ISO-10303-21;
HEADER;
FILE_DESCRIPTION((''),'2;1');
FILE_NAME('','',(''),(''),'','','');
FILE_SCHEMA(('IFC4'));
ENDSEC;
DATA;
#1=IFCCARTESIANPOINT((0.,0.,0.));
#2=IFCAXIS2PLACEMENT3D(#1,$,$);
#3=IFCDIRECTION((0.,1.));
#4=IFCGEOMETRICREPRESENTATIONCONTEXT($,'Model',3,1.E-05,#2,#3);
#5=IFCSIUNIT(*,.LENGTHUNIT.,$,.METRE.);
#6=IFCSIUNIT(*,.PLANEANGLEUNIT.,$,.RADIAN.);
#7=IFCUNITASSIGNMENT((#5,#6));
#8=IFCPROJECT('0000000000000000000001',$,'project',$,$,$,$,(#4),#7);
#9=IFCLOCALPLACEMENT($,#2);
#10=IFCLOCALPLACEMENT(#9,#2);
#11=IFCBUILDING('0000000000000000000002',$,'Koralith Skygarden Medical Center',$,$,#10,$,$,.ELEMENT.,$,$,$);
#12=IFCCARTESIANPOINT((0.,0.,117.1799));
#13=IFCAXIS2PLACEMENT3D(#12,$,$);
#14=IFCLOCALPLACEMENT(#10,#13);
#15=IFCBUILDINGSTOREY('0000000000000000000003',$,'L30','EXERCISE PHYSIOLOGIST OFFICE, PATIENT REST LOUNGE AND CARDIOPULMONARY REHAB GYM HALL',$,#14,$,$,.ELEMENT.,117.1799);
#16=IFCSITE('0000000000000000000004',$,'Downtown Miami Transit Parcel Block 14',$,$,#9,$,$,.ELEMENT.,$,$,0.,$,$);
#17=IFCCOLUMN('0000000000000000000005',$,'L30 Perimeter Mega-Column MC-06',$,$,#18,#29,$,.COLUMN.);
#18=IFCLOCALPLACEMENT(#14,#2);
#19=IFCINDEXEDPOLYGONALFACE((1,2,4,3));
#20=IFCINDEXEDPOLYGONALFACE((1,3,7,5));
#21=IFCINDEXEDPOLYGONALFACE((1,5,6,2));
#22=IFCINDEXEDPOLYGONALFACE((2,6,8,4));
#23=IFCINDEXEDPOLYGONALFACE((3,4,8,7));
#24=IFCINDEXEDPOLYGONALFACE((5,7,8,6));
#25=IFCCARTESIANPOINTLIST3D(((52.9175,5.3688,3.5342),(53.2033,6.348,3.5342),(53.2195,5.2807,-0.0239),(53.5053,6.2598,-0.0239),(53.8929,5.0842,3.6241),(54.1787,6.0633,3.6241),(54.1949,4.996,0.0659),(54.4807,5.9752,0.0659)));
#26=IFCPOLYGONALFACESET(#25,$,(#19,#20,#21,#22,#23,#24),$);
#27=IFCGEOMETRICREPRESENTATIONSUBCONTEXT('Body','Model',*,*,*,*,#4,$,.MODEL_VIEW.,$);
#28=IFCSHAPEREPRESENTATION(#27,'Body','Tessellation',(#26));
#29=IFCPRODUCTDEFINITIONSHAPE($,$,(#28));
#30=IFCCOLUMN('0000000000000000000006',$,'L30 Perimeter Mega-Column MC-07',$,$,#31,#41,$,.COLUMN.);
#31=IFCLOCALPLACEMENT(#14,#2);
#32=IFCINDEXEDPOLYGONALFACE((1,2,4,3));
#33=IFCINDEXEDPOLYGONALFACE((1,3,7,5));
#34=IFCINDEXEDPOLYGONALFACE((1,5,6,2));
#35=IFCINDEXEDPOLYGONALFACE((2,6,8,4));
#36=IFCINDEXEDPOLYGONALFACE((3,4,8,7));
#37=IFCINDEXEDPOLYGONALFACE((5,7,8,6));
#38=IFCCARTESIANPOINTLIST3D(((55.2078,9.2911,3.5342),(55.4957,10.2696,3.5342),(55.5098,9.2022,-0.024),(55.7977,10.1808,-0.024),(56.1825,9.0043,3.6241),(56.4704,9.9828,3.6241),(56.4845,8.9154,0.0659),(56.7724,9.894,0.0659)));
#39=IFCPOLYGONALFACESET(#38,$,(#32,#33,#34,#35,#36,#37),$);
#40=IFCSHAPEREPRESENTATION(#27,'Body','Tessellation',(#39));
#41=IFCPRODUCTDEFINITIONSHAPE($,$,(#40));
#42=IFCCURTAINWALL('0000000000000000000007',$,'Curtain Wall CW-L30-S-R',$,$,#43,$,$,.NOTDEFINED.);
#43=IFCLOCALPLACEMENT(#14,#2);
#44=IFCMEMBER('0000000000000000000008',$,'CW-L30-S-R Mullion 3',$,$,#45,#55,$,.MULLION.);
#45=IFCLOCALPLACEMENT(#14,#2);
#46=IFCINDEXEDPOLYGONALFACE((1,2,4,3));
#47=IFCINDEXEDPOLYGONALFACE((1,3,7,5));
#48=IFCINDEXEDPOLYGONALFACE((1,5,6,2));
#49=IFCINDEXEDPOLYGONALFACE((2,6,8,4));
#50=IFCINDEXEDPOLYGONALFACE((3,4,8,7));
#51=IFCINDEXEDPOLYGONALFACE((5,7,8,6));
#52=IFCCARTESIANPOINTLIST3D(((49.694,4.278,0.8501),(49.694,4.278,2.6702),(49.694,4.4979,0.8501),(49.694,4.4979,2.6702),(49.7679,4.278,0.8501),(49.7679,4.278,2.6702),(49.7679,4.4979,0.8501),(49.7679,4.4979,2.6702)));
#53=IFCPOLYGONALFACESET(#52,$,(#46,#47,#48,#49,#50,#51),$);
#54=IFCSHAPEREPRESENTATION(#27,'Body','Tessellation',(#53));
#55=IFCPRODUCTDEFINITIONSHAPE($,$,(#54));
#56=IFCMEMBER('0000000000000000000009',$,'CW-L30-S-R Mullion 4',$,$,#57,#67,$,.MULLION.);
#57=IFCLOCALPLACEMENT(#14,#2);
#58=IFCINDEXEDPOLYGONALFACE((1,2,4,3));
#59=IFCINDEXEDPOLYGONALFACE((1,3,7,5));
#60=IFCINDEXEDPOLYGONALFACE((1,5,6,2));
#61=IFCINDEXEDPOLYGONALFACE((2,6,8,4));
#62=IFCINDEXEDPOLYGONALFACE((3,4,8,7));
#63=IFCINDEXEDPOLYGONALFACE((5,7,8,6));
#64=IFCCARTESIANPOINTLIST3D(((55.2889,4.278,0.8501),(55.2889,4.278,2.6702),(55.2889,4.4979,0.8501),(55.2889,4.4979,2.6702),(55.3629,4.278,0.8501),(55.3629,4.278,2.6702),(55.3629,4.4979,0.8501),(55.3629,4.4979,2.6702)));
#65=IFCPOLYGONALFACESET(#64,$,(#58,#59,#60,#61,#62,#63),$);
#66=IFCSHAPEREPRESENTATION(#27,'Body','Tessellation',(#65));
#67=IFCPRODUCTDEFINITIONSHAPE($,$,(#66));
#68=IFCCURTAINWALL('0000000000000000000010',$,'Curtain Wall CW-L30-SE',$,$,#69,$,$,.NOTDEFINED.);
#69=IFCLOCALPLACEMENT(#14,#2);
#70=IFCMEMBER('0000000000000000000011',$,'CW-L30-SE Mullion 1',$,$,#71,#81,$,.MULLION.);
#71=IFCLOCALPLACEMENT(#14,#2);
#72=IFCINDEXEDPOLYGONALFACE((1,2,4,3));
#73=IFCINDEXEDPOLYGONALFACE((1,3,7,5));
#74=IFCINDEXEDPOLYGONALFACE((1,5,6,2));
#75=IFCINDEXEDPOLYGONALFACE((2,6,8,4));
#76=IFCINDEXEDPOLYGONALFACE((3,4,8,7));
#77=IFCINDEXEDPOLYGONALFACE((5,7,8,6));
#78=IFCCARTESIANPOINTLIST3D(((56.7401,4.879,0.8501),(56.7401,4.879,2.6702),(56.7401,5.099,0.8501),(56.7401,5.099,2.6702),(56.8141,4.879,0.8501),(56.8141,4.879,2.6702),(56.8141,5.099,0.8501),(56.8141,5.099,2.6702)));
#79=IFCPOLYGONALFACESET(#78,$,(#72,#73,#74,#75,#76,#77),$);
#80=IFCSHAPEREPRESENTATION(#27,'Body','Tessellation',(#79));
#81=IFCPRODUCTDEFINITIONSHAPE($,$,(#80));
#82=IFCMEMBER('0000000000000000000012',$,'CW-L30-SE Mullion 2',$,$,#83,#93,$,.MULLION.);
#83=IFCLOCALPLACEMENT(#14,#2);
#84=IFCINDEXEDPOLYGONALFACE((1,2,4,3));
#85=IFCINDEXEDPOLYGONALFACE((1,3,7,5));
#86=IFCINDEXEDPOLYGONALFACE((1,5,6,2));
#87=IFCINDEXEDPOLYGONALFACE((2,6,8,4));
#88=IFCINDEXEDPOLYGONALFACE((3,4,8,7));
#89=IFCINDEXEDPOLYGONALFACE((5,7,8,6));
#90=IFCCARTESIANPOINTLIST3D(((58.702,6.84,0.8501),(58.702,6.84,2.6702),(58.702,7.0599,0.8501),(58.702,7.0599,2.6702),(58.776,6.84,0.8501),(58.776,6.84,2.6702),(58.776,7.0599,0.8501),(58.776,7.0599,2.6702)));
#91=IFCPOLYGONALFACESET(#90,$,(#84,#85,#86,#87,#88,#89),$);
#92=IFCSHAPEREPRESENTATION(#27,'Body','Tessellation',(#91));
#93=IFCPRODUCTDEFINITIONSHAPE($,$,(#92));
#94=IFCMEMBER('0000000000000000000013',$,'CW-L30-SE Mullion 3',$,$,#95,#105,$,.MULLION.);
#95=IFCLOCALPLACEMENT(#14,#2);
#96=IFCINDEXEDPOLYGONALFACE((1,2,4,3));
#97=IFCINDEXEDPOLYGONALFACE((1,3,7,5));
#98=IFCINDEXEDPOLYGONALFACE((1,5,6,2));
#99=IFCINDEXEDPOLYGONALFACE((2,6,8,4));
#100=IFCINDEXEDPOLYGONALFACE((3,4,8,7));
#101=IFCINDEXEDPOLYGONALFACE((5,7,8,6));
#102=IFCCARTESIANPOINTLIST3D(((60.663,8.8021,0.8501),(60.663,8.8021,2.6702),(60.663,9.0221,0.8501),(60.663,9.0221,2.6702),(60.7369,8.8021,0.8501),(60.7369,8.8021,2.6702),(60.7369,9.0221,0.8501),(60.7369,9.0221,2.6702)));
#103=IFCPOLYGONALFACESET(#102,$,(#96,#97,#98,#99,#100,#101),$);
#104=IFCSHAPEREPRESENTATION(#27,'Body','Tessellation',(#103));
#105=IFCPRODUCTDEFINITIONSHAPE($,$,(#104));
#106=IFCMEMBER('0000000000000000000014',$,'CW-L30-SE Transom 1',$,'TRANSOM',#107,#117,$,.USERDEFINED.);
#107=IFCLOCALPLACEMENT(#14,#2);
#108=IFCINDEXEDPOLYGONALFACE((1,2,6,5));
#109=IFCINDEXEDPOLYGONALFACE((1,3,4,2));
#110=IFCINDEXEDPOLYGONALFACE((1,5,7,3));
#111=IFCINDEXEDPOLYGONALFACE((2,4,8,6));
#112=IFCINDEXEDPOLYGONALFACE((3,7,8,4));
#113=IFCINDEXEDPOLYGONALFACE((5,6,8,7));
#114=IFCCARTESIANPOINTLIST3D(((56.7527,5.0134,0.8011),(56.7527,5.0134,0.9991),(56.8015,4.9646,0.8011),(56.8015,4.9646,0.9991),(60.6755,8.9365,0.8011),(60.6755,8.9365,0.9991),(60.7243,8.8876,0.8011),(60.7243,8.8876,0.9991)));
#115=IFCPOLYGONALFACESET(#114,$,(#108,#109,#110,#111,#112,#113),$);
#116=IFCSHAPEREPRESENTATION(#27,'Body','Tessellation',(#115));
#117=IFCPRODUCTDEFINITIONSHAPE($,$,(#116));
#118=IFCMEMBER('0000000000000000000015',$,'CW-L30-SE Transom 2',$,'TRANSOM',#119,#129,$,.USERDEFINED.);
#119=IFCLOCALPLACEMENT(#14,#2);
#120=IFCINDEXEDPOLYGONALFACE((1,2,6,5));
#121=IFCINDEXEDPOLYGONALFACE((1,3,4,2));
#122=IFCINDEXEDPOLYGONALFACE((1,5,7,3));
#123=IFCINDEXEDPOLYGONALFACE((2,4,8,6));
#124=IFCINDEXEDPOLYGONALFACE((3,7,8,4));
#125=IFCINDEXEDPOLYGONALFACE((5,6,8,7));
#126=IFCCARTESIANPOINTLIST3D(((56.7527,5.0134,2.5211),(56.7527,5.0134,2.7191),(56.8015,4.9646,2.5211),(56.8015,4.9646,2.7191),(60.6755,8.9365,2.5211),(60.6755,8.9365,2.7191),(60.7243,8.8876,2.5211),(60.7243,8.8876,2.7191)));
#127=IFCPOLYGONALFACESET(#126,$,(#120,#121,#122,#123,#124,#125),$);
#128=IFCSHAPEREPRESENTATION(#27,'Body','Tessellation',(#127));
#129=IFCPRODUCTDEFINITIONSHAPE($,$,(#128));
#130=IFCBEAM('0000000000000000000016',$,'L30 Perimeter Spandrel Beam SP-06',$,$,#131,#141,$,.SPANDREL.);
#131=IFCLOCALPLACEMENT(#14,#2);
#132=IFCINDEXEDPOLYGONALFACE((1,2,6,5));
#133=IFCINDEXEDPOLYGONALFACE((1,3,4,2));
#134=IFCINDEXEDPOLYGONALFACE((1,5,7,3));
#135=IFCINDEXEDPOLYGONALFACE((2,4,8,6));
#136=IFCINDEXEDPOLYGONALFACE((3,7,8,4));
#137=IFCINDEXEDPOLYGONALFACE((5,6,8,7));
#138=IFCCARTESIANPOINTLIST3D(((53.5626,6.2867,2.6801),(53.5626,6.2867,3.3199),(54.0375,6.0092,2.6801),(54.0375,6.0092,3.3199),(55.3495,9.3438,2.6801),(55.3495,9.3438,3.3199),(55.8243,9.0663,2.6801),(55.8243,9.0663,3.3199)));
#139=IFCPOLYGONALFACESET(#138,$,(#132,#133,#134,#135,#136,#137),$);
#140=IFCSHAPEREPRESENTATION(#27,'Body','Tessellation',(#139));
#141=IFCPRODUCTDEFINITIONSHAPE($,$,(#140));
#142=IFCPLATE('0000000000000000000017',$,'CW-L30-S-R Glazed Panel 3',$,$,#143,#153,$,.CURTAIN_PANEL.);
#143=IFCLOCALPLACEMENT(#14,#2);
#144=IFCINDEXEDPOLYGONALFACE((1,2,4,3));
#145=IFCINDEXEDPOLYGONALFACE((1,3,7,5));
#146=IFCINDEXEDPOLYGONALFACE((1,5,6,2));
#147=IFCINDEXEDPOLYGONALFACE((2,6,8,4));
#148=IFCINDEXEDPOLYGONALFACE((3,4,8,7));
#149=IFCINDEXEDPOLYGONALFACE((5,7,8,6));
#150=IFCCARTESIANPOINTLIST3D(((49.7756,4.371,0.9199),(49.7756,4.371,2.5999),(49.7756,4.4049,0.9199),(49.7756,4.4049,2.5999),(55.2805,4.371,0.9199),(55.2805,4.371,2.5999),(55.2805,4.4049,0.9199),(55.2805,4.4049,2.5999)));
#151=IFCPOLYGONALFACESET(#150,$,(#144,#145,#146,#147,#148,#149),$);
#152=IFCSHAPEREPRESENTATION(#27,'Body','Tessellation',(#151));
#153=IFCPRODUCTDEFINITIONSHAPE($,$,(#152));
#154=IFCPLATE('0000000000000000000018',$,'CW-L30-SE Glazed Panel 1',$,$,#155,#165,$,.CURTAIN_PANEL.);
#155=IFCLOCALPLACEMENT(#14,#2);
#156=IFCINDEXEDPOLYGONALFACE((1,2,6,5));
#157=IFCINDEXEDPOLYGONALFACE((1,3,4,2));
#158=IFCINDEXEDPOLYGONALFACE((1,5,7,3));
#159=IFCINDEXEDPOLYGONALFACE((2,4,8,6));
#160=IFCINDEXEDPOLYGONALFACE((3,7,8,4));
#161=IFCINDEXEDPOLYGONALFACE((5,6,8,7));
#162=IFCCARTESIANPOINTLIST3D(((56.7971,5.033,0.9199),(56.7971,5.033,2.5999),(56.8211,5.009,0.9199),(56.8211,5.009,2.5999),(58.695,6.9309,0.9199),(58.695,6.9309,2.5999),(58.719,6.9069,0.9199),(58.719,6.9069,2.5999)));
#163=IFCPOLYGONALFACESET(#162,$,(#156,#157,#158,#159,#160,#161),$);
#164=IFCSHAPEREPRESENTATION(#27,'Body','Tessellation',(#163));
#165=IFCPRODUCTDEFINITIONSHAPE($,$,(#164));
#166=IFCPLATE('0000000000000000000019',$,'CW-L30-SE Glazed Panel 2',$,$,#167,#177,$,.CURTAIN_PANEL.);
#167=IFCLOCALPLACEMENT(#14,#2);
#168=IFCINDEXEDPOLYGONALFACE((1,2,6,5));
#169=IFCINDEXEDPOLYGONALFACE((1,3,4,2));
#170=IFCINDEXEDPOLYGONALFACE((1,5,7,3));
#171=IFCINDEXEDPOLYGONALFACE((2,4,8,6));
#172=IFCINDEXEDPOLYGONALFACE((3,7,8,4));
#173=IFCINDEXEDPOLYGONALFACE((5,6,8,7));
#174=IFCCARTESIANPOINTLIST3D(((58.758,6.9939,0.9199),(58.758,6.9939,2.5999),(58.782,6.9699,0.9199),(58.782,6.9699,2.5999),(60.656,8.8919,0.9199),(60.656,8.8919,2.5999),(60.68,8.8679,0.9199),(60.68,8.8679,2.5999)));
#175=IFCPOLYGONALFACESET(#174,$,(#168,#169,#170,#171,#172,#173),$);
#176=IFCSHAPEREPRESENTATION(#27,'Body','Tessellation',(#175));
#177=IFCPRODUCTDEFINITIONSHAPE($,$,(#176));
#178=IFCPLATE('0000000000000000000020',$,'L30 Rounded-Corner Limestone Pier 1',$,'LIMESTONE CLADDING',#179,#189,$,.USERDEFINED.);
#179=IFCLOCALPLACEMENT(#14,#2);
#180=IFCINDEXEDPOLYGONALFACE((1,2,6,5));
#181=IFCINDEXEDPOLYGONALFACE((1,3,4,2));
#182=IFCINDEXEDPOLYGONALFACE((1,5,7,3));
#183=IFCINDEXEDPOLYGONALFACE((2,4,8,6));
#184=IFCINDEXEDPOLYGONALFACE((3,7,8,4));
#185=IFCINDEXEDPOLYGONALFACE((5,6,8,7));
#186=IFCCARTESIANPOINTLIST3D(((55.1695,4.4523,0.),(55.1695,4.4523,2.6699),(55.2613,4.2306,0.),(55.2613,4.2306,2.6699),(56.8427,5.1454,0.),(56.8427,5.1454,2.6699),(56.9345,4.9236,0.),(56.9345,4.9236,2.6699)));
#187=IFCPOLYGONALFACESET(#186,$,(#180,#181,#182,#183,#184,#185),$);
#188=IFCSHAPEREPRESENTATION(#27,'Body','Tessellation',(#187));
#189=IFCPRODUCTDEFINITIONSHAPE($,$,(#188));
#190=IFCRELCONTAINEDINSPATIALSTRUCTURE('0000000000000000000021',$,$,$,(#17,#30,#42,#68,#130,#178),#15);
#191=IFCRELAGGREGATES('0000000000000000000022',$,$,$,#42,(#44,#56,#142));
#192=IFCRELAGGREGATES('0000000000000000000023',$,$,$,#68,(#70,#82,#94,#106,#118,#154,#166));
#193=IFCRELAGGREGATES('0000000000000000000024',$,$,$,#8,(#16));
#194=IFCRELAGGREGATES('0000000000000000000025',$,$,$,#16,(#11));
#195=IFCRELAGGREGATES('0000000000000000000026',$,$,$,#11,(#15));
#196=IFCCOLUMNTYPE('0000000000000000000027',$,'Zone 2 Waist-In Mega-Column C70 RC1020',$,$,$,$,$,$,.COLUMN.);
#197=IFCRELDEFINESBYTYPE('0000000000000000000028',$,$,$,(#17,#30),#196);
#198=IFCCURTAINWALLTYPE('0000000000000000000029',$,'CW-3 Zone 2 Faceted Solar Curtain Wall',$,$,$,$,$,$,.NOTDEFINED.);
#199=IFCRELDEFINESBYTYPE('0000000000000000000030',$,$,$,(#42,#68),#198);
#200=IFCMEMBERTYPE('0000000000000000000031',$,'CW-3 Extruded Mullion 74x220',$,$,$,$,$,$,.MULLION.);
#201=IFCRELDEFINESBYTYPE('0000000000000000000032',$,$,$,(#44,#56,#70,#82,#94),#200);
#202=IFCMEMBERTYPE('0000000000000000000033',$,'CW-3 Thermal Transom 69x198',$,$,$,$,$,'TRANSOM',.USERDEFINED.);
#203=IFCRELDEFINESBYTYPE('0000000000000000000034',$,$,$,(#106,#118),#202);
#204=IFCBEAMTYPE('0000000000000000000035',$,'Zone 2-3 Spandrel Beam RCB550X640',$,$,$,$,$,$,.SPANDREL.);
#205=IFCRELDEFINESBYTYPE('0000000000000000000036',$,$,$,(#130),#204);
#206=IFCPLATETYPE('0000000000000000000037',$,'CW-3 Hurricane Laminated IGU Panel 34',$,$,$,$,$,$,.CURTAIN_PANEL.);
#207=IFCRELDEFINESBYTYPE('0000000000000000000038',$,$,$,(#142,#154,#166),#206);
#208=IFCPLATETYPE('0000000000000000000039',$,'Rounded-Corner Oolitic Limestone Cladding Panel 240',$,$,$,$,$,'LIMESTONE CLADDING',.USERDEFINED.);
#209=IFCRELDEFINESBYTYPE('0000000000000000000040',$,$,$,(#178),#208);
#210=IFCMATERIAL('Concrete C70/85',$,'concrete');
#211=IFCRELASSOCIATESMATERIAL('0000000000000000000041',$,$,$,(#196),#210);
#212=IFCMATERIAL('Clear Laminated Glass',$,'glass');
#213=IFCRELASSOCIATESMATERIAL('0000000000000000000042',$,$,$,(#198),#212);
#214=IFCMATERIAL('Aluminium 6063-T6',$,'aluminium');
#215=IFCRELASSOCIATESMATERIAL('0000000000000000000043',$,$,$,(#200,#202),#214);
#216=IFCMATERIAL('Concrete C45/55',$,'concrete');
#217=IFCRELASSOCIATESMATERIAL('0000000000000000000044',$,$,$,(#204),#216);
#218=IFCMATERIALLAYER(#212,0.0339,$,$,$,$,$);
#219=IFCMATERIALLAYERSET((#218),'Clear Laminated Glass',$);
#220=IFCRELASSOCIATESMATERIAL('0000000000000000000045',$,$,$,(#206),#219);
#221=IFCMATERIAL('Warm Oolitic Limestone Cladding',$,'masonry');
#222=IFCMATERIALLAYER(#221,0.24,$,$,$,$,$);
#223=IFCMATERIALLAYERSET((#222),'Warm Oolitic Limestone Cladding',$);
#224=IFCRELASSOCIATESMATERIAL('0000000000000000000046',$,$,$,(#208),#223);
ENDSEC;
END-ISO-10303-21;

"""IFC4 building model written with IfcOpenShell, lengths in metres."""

from ifc_helpers import new_model, si_unit, direction, frame, origin, origin_2d, place, context, subcontext, project, spatial, rectangle, extrude, material, layer, layer_set, material_profile, profile_set, type_object, element, aggregate, save


model = new_model("IFC4")

# Units and contexts
model_context = context("Model", 3, precision=1e-05, world=origin(), true_north=direction((0.0, 1.0)))
body_context = subcontext(model_context, "Body", "Model", "MODEL_VIEW")
ifc_project = project(units=[si_unit("LENGTHUNIT", "METRE"), si_unit("PLANEANGLEUNIT", "RADIAN")], contexts=[model_context])

# Site, building, storey
site_placement = place(None, origin())
site = spatial("IfcSite", under=ifc_project, at=site_placement, Name="Downtown Miami Transit Parcel Block 14", CompositionType="ELEMENT", RefElevation=0.0)
building_placement = place(site_placement, origin())
building = spatial("IfcBuilding", under=site, at=building_placement, Name="Koralith Skygarden Medical Center", CompositionType="ELEMENT")
storey_placement = place(building_placement, frame((0.0, 0.0, 117.1799)))
storey = spatial("IfcBuildingStorey", under=building, at=storey_placement, Name="L30", Description="EXERCISE PHYSIOLOGIST OFFICE, PATIENT REST LOUNGE AND CARDIOPULMONARY REHAB GYM HALL", CompositionType="ELEMENT", Elevation=117.1799)

# Columns
ifc_material_1 = material(Name="Concrete C70/85", Category="concrete")
ifc_material_profile_1 = material_profile(ifc_material_1, rectangle(XDim=1.02, YDim=1.02, at=origin_2d()), Name="RC1020X1020")
ifc_profile_set_1 = profile_set([ifc_material_profile_1], Name="Concrete C70/85")
column_type = type_object("IfcColumnType", Name="Zone 2 Waist-In Mega-Column C70 RC1020", PredefinedType="COLUMN", material=ifc_profile_set_1)
for number, where, z_axis, x_axis, name in (
    (1, (53.8501, 5.6279, 0.021), (-0.084547, 0.024674, 0.996114), (-0.280149, -0.959957, 0.0), "L30 Perimeter Mega-Column MC-06"),
    (2, (56.1411, 9.5481, 0.021), (-0.084547, 0.024879, 0.996109), (-0.282292, -0.959328, 0.0), "L30 Perimeter Mega-Column MC-07"),
):
    element("IfcColumn", number, at=place(storey_placement, frame(where, z_axis=z_axis, x_axis=x_axis)), inside=storey, type_object=column_type, Name=name, PredefinedType="COLUMN", context=body_context, shape_type="SweptSolid", body=[
        extrude(rectangle(XDim=1.02, YDim=1.02, at=origin_2d()), origin(), (0.0, 0.0, 1.0), 3.572),
    ])

# Curtain walls, members
ifc_material_2 = material(Name="Clear Laminated Glass", Category="glass")
curtain_wall_type = type_object("IfcCurtainWallType", Name="CW-3 Zone 2 Faceted Solar Curtain Wall", PredefinedType="NOTDEFINED", material=ifc_material_2)
curtain_wall_1_placement = place(storey_placement, origin())
curtain_wall_1 = element("IfcCurtainWall", 3, at=curtain_wall_1_placement, inside=storey, type_object=curtain_wall_type, Name="Curtain Wall CW-L30-S-R", PredefinedType="NOTDEFINED")
ifc_material_3 = material(Name="Aluminium 6063-T6", Category="aluminium")
ifc_material_profile_2 = material_profile(ifc_material_3, rectangle(XDim=0.074, YDim=0.22, at=origin_2d()), Name="MUL74X220")
ifc_profile_set_2 = profile_set([ifc_material_profile_2], Name="Aluminium 6063-T6")
member_type_1 = type_object("IfcMemberType", Name="CW-3 Extruded Mullion 74x220", PredefinedType="MULLION", material=ifc_profile_set_2)
member_1_placement = place(storey_placement, frame((49.731, 4.3879, 0.8501), z_axis=(0.0, 0.0, 1.0), x_axis=(1.0, 0.0, 0.0)))
member_1 = element("IfcMember", 4, at=member_1_placement, type_object=member_type_1, Name="CW-L30-S-R Mullion 3", PredefinedType="MULLION", context=body_context, shape_type="SweptSolid", body=[
    extrude(rectangle(XDim=0.074, YDim=0.22, at=origin_2d()), origin(), (0.0, 0.0, 1.0), 1.8201),
])
member_2_placement = place(storey_placement, frame((55.3259, 4.3879, 0.8501), z_axis=(0.0, 0.0, 1.0), x_axis=(1.0, 0.0, 0.0)))
member_2 = element("IfcMember", 5, at=member_2_placement, type_object=member_type_1, Name="CW-L30-S-R Mullion 4", PredefinedType="MULLION", context=body_context, shape_type="SweptSolid", body=[
    extrude(rectangle(XDim=0.074, YDim=0.22, at=origin_2d()), origin(), (0.0, 0.0, 1.0), 1.8201),
])
curtain_wall_2_placement = place(storey_placement, origin())
curtain_wall_2 = element("IfcCurtainWall", 6, at=curtain_wall_2_placement, inside=storey, type_object=curtain_wall_type, Name="Curtain Wall CW-L30-SE", PredefinedType="NOTDEFINED")
member_3_placement = place(storey_placement, frame((56.7771, 4.989, 0.8501), z_axis=(0.0, 0.0, 1.0), x_axis=(1.0, 0.0, 0.0)))
member_3 = element("IfcMember", 7, at=member_3_placement, type_object=member_type_1, Name="CW-L30-SE Mullion 1", PredefinedType="MULLION", context=body_context, shape_type="SweptSolid", body=[
    extrude(rectangle(XDim=0.074, YDim=0.22, at=origin_2d()), origin(), (0.0, 0.0, 1.0), 1.8201),
])
member_4_placement = place(storey_placement, frame((58.739, 6.95, 0.8501), z_axis=(0.0, 0.0, 1.0), x_axis=(1.0, 0.0, 0.0)))
member_4 = element("IfcMember", 8, at=member_4_placement, type_object=member_type_1, Name="CW-L30-SE Mullion 2", PredefinedType="MULLION", context=body_context, shape_type="SweptSolid", body=[
    extrude(rectangle(XDim=0.074, YDim=0.22, at=origin_2d()), origin(), (0.0, 0.0, 1.0), 1.8201),
])
member_5_placement = place(storey_placement, frame((60.7, 8.9121, 0.8501), z_axis=(0.0, 0.0, 1.0), x_axis=(1.0, 0.0, 0.0)))
member_5 = element("IfcMember", 9, at=member_5_placement, type_object=member_type_1, Name="CW-L30-SE Mullion 3", PredefinedType="MULLION", context=body_context, shape_type="SweptSolid", body=[
    extrude(rectangle(XDim=0.074, YDim=0.22, at=origin_2d()), origin(), (0.0, 0.0, 1.0), 1.8201),
])
ifc_material_profile_3 = material_profile(ifc_material_3, rectangle(XDim=0.0691, YDim=0.198, at=origin_2d()), Name="TRN69X198")
ifc_profile_set_3 = profile_set([ifc_material_profile_3], Name="Aluminium 6063-T6")
member_type_2 = type_object("IfcMemberType", Name="CW-3 Thermal Transom 69x198", ElementType="TRANSOM", PredefinedType="USERDEFINED", material=ifc_profile_set_3)
member_6_placement = place(storey_placement, frame((56.7771, 4.989, 0.9001), z_axis=(0.707085, 0.707129, 0.0), x_axis=(-0.707129, 0.707085, 0.0)))
member_6 = element("IfcMember", 10, at=member_6_placement, type_object=member_type_2, Name="CW-L30-SE Transom 1", ObjectType="TRANSOM", PredefinedType="USERDEFINED", context=body_context, shape_type="SweptSolid", body=[
    extrude(rectangle(XDim=0.0691, YDim=0.198, at=origin_2d()), origin(), (0.0, 0.0, 1.0), 5.5479),
])
member_7_placement = place(storey_placement, frame((56.7771, 4.989, 2.6201), z_axis=(0.707085, 0.707129, 0.0), x_axis=(-0.707129, 0.707085, 0.0)))
member_7 = element("IfcMember", 11, at=member_7_placement, type_object=member_type_2, Name="CW-L30-SE Transom 2", ObjectType="TRANSOM", PredefinedType="USERDEFINED", context=body_context, shape_type="SweptSolid", body=[
    extrude(rectangle(XDim=0.0691, YDim=0.198, at=origin_2d()), origin(), (0.0, 0.0, 1.0), 5.5479),
])

# Beam
ifc_material_4 = material(Name="Concrete C45/55", Category="concrete")
ifc_material_profile_4 = material_profile(ifc_material_4, rectangle(XDim=0.55, YDim=0.6399, at=origin_2d()), Name="RCB550X640")
ifc_profile_set_4 = profile_set([ifc_material_profile_4], Name="Concrete C45/55")
beam_type = type_object("IfcBeamType", Name="Zone 2-3 Spandrel Beam RCB550X640", PredefinedType="SPANDREL", material=ifc_profile_set_4)
beam_placement = place(storey_placement, frame((53.8, 6.1479, 3.0), z_axis=(0.504617, 0.863343, 0.0), x_axis=(-0.863343, 0.504617, 0.0)))
element("IfcBeam", 12, at=beam_placement, inside=storey, type_object=beam_type, Name="L30 Perimeter Spandrel Beam SP-06", PredefinedType="SPANDREL", context=body_context, shape_type="SweptSolid", body=[
    extrude(rectangle(XDim=0.55, YDim=0.6399, at=origin_2d()), origin(), (0.0, 0.0, 1.0), 3.541),
])

# Plates
ifc_layer_1 = layer(ifc_material_2, 0.0339)
ifc_layer_set_1 = layer_set([ifc_layer_1], Name="Clear Laminated Glass")
plate_type_1 = type_object("IfcPlateType", Name="CW-3 Hurricane Laminated IGU Panel 34", PredefinedType="CURTAIN_PANEL", material=ifc_layer_set_1)
plate_1_placement = place(storey_placement, frame((52.5281, 4.3879, 0.9199), z_axis=(0.0, 0.0, 1.0), x_axis=(1.0, 0.0, 0.0)))
plate_1 = element("IfcPlate", 13, at=plate_1_placement, type_object=plate_type_1, Name="CW-L30-S-R Glazed Panel 3", PredefinedType="CURTAIN_PANEL", context=body_context, shape_type="SweptSolid", body=[
    extrude(rectangle(XDim=5.5049, YDim=0.0339, at=origin_2d()), origin(), (0.0, 0.0, 1.0), 1.6799),
])
aggregate(curtain_wall_1, [member_1, member_2, plate_1])
plate_2_placement = place(storey_placement, frame((57.7581, 5.97, 0.9199), z_axis=(0.0, 0.0, 1.0), x_axis=(0.707107, 0.707107, 0.0)))
plate_2 = element("IfcPlate", 14, at=plate_2_placement, type_object=plate_type_1, Name="CW-L30-SE Glazed Panel 1", PredefinedType="CURTAIN_PANEL", context=body_context, shape_type="SweptSolid", body=[
    extrude(rectangle(XDim=2.6841, YDim=0.0339, at=origin_2d()), origin(), (0.0, 0.0, 1.0), 1.6799),
])
plate_3_placement = place(storey_placement, frame((59.719, 7.9309, 0.9199), z_axis=(0.0, 0.0, 1.0), x_axis=(0.707107, 0.707107, 0.0)))
plate_3 = element("IfcPlate", 15, at=plate_3_placement, type_object=plate_type_1, Name="CW-L30-SE Glazed Panel 2", PredefinedType="CURTAIN_PANEL", context=body_context, shape_type="SweptSolid", body=[
    extrude(rectangle(XDim=2.6841, YDim=0.0339, at=origin_2d()), origin(), (0.0, 0.0, 1.0), 1.6799),
])
aggregate(curtain_wall_2, [member_3, member_4, member_5, member_6, member_7, plate_2, plate_3])

# Plate
ifc_material_5 = material(Name="Warm Oolitic Limestone Cladding", Category="masonry")
ifc_layer_2 = layer(ifc_material_5, 0.24)
ifc_layer_set_2 = layer_set([ifc_layer_2], Name="Warm Oolitic Limestone Cladding")
plate_type_2 = type_object("IfcPlateType", Name="Rounded-Corner Oolitic Limestone Cladding Panel 240", ElementType="LIMESTONE CLADDING", PredefinedType="USERDEFINED", material=ifc_layer_set_2)
for number, where, z_axis, x_axis, name in (
    (16, (56.052, 4.688, 0.0), (0.0, 0.0, 1.0), (0.923885, 0.382671, 0.0), "L30 Rounded-Corner Limestone Pier 1"),
):
    element("IfcPlate", number, at=place(storey_placement, frame(where, z_axis=z_axis, x_axis=x_axis)), inside=storey, type_object=plate_type_2, Name=name, ObjectType="LIMESTONE CLADDING", PredefinedType="USERDEFINED", context=body_context, shape_type="SweptSolid", body=[
        extrude(rectangle(XDim=1.811, YDim=0.24, at=origin_2d()), origin(), (0.0, 0.0, 1.0), 2.6699),
    ])

save(model, "model.ifc")
